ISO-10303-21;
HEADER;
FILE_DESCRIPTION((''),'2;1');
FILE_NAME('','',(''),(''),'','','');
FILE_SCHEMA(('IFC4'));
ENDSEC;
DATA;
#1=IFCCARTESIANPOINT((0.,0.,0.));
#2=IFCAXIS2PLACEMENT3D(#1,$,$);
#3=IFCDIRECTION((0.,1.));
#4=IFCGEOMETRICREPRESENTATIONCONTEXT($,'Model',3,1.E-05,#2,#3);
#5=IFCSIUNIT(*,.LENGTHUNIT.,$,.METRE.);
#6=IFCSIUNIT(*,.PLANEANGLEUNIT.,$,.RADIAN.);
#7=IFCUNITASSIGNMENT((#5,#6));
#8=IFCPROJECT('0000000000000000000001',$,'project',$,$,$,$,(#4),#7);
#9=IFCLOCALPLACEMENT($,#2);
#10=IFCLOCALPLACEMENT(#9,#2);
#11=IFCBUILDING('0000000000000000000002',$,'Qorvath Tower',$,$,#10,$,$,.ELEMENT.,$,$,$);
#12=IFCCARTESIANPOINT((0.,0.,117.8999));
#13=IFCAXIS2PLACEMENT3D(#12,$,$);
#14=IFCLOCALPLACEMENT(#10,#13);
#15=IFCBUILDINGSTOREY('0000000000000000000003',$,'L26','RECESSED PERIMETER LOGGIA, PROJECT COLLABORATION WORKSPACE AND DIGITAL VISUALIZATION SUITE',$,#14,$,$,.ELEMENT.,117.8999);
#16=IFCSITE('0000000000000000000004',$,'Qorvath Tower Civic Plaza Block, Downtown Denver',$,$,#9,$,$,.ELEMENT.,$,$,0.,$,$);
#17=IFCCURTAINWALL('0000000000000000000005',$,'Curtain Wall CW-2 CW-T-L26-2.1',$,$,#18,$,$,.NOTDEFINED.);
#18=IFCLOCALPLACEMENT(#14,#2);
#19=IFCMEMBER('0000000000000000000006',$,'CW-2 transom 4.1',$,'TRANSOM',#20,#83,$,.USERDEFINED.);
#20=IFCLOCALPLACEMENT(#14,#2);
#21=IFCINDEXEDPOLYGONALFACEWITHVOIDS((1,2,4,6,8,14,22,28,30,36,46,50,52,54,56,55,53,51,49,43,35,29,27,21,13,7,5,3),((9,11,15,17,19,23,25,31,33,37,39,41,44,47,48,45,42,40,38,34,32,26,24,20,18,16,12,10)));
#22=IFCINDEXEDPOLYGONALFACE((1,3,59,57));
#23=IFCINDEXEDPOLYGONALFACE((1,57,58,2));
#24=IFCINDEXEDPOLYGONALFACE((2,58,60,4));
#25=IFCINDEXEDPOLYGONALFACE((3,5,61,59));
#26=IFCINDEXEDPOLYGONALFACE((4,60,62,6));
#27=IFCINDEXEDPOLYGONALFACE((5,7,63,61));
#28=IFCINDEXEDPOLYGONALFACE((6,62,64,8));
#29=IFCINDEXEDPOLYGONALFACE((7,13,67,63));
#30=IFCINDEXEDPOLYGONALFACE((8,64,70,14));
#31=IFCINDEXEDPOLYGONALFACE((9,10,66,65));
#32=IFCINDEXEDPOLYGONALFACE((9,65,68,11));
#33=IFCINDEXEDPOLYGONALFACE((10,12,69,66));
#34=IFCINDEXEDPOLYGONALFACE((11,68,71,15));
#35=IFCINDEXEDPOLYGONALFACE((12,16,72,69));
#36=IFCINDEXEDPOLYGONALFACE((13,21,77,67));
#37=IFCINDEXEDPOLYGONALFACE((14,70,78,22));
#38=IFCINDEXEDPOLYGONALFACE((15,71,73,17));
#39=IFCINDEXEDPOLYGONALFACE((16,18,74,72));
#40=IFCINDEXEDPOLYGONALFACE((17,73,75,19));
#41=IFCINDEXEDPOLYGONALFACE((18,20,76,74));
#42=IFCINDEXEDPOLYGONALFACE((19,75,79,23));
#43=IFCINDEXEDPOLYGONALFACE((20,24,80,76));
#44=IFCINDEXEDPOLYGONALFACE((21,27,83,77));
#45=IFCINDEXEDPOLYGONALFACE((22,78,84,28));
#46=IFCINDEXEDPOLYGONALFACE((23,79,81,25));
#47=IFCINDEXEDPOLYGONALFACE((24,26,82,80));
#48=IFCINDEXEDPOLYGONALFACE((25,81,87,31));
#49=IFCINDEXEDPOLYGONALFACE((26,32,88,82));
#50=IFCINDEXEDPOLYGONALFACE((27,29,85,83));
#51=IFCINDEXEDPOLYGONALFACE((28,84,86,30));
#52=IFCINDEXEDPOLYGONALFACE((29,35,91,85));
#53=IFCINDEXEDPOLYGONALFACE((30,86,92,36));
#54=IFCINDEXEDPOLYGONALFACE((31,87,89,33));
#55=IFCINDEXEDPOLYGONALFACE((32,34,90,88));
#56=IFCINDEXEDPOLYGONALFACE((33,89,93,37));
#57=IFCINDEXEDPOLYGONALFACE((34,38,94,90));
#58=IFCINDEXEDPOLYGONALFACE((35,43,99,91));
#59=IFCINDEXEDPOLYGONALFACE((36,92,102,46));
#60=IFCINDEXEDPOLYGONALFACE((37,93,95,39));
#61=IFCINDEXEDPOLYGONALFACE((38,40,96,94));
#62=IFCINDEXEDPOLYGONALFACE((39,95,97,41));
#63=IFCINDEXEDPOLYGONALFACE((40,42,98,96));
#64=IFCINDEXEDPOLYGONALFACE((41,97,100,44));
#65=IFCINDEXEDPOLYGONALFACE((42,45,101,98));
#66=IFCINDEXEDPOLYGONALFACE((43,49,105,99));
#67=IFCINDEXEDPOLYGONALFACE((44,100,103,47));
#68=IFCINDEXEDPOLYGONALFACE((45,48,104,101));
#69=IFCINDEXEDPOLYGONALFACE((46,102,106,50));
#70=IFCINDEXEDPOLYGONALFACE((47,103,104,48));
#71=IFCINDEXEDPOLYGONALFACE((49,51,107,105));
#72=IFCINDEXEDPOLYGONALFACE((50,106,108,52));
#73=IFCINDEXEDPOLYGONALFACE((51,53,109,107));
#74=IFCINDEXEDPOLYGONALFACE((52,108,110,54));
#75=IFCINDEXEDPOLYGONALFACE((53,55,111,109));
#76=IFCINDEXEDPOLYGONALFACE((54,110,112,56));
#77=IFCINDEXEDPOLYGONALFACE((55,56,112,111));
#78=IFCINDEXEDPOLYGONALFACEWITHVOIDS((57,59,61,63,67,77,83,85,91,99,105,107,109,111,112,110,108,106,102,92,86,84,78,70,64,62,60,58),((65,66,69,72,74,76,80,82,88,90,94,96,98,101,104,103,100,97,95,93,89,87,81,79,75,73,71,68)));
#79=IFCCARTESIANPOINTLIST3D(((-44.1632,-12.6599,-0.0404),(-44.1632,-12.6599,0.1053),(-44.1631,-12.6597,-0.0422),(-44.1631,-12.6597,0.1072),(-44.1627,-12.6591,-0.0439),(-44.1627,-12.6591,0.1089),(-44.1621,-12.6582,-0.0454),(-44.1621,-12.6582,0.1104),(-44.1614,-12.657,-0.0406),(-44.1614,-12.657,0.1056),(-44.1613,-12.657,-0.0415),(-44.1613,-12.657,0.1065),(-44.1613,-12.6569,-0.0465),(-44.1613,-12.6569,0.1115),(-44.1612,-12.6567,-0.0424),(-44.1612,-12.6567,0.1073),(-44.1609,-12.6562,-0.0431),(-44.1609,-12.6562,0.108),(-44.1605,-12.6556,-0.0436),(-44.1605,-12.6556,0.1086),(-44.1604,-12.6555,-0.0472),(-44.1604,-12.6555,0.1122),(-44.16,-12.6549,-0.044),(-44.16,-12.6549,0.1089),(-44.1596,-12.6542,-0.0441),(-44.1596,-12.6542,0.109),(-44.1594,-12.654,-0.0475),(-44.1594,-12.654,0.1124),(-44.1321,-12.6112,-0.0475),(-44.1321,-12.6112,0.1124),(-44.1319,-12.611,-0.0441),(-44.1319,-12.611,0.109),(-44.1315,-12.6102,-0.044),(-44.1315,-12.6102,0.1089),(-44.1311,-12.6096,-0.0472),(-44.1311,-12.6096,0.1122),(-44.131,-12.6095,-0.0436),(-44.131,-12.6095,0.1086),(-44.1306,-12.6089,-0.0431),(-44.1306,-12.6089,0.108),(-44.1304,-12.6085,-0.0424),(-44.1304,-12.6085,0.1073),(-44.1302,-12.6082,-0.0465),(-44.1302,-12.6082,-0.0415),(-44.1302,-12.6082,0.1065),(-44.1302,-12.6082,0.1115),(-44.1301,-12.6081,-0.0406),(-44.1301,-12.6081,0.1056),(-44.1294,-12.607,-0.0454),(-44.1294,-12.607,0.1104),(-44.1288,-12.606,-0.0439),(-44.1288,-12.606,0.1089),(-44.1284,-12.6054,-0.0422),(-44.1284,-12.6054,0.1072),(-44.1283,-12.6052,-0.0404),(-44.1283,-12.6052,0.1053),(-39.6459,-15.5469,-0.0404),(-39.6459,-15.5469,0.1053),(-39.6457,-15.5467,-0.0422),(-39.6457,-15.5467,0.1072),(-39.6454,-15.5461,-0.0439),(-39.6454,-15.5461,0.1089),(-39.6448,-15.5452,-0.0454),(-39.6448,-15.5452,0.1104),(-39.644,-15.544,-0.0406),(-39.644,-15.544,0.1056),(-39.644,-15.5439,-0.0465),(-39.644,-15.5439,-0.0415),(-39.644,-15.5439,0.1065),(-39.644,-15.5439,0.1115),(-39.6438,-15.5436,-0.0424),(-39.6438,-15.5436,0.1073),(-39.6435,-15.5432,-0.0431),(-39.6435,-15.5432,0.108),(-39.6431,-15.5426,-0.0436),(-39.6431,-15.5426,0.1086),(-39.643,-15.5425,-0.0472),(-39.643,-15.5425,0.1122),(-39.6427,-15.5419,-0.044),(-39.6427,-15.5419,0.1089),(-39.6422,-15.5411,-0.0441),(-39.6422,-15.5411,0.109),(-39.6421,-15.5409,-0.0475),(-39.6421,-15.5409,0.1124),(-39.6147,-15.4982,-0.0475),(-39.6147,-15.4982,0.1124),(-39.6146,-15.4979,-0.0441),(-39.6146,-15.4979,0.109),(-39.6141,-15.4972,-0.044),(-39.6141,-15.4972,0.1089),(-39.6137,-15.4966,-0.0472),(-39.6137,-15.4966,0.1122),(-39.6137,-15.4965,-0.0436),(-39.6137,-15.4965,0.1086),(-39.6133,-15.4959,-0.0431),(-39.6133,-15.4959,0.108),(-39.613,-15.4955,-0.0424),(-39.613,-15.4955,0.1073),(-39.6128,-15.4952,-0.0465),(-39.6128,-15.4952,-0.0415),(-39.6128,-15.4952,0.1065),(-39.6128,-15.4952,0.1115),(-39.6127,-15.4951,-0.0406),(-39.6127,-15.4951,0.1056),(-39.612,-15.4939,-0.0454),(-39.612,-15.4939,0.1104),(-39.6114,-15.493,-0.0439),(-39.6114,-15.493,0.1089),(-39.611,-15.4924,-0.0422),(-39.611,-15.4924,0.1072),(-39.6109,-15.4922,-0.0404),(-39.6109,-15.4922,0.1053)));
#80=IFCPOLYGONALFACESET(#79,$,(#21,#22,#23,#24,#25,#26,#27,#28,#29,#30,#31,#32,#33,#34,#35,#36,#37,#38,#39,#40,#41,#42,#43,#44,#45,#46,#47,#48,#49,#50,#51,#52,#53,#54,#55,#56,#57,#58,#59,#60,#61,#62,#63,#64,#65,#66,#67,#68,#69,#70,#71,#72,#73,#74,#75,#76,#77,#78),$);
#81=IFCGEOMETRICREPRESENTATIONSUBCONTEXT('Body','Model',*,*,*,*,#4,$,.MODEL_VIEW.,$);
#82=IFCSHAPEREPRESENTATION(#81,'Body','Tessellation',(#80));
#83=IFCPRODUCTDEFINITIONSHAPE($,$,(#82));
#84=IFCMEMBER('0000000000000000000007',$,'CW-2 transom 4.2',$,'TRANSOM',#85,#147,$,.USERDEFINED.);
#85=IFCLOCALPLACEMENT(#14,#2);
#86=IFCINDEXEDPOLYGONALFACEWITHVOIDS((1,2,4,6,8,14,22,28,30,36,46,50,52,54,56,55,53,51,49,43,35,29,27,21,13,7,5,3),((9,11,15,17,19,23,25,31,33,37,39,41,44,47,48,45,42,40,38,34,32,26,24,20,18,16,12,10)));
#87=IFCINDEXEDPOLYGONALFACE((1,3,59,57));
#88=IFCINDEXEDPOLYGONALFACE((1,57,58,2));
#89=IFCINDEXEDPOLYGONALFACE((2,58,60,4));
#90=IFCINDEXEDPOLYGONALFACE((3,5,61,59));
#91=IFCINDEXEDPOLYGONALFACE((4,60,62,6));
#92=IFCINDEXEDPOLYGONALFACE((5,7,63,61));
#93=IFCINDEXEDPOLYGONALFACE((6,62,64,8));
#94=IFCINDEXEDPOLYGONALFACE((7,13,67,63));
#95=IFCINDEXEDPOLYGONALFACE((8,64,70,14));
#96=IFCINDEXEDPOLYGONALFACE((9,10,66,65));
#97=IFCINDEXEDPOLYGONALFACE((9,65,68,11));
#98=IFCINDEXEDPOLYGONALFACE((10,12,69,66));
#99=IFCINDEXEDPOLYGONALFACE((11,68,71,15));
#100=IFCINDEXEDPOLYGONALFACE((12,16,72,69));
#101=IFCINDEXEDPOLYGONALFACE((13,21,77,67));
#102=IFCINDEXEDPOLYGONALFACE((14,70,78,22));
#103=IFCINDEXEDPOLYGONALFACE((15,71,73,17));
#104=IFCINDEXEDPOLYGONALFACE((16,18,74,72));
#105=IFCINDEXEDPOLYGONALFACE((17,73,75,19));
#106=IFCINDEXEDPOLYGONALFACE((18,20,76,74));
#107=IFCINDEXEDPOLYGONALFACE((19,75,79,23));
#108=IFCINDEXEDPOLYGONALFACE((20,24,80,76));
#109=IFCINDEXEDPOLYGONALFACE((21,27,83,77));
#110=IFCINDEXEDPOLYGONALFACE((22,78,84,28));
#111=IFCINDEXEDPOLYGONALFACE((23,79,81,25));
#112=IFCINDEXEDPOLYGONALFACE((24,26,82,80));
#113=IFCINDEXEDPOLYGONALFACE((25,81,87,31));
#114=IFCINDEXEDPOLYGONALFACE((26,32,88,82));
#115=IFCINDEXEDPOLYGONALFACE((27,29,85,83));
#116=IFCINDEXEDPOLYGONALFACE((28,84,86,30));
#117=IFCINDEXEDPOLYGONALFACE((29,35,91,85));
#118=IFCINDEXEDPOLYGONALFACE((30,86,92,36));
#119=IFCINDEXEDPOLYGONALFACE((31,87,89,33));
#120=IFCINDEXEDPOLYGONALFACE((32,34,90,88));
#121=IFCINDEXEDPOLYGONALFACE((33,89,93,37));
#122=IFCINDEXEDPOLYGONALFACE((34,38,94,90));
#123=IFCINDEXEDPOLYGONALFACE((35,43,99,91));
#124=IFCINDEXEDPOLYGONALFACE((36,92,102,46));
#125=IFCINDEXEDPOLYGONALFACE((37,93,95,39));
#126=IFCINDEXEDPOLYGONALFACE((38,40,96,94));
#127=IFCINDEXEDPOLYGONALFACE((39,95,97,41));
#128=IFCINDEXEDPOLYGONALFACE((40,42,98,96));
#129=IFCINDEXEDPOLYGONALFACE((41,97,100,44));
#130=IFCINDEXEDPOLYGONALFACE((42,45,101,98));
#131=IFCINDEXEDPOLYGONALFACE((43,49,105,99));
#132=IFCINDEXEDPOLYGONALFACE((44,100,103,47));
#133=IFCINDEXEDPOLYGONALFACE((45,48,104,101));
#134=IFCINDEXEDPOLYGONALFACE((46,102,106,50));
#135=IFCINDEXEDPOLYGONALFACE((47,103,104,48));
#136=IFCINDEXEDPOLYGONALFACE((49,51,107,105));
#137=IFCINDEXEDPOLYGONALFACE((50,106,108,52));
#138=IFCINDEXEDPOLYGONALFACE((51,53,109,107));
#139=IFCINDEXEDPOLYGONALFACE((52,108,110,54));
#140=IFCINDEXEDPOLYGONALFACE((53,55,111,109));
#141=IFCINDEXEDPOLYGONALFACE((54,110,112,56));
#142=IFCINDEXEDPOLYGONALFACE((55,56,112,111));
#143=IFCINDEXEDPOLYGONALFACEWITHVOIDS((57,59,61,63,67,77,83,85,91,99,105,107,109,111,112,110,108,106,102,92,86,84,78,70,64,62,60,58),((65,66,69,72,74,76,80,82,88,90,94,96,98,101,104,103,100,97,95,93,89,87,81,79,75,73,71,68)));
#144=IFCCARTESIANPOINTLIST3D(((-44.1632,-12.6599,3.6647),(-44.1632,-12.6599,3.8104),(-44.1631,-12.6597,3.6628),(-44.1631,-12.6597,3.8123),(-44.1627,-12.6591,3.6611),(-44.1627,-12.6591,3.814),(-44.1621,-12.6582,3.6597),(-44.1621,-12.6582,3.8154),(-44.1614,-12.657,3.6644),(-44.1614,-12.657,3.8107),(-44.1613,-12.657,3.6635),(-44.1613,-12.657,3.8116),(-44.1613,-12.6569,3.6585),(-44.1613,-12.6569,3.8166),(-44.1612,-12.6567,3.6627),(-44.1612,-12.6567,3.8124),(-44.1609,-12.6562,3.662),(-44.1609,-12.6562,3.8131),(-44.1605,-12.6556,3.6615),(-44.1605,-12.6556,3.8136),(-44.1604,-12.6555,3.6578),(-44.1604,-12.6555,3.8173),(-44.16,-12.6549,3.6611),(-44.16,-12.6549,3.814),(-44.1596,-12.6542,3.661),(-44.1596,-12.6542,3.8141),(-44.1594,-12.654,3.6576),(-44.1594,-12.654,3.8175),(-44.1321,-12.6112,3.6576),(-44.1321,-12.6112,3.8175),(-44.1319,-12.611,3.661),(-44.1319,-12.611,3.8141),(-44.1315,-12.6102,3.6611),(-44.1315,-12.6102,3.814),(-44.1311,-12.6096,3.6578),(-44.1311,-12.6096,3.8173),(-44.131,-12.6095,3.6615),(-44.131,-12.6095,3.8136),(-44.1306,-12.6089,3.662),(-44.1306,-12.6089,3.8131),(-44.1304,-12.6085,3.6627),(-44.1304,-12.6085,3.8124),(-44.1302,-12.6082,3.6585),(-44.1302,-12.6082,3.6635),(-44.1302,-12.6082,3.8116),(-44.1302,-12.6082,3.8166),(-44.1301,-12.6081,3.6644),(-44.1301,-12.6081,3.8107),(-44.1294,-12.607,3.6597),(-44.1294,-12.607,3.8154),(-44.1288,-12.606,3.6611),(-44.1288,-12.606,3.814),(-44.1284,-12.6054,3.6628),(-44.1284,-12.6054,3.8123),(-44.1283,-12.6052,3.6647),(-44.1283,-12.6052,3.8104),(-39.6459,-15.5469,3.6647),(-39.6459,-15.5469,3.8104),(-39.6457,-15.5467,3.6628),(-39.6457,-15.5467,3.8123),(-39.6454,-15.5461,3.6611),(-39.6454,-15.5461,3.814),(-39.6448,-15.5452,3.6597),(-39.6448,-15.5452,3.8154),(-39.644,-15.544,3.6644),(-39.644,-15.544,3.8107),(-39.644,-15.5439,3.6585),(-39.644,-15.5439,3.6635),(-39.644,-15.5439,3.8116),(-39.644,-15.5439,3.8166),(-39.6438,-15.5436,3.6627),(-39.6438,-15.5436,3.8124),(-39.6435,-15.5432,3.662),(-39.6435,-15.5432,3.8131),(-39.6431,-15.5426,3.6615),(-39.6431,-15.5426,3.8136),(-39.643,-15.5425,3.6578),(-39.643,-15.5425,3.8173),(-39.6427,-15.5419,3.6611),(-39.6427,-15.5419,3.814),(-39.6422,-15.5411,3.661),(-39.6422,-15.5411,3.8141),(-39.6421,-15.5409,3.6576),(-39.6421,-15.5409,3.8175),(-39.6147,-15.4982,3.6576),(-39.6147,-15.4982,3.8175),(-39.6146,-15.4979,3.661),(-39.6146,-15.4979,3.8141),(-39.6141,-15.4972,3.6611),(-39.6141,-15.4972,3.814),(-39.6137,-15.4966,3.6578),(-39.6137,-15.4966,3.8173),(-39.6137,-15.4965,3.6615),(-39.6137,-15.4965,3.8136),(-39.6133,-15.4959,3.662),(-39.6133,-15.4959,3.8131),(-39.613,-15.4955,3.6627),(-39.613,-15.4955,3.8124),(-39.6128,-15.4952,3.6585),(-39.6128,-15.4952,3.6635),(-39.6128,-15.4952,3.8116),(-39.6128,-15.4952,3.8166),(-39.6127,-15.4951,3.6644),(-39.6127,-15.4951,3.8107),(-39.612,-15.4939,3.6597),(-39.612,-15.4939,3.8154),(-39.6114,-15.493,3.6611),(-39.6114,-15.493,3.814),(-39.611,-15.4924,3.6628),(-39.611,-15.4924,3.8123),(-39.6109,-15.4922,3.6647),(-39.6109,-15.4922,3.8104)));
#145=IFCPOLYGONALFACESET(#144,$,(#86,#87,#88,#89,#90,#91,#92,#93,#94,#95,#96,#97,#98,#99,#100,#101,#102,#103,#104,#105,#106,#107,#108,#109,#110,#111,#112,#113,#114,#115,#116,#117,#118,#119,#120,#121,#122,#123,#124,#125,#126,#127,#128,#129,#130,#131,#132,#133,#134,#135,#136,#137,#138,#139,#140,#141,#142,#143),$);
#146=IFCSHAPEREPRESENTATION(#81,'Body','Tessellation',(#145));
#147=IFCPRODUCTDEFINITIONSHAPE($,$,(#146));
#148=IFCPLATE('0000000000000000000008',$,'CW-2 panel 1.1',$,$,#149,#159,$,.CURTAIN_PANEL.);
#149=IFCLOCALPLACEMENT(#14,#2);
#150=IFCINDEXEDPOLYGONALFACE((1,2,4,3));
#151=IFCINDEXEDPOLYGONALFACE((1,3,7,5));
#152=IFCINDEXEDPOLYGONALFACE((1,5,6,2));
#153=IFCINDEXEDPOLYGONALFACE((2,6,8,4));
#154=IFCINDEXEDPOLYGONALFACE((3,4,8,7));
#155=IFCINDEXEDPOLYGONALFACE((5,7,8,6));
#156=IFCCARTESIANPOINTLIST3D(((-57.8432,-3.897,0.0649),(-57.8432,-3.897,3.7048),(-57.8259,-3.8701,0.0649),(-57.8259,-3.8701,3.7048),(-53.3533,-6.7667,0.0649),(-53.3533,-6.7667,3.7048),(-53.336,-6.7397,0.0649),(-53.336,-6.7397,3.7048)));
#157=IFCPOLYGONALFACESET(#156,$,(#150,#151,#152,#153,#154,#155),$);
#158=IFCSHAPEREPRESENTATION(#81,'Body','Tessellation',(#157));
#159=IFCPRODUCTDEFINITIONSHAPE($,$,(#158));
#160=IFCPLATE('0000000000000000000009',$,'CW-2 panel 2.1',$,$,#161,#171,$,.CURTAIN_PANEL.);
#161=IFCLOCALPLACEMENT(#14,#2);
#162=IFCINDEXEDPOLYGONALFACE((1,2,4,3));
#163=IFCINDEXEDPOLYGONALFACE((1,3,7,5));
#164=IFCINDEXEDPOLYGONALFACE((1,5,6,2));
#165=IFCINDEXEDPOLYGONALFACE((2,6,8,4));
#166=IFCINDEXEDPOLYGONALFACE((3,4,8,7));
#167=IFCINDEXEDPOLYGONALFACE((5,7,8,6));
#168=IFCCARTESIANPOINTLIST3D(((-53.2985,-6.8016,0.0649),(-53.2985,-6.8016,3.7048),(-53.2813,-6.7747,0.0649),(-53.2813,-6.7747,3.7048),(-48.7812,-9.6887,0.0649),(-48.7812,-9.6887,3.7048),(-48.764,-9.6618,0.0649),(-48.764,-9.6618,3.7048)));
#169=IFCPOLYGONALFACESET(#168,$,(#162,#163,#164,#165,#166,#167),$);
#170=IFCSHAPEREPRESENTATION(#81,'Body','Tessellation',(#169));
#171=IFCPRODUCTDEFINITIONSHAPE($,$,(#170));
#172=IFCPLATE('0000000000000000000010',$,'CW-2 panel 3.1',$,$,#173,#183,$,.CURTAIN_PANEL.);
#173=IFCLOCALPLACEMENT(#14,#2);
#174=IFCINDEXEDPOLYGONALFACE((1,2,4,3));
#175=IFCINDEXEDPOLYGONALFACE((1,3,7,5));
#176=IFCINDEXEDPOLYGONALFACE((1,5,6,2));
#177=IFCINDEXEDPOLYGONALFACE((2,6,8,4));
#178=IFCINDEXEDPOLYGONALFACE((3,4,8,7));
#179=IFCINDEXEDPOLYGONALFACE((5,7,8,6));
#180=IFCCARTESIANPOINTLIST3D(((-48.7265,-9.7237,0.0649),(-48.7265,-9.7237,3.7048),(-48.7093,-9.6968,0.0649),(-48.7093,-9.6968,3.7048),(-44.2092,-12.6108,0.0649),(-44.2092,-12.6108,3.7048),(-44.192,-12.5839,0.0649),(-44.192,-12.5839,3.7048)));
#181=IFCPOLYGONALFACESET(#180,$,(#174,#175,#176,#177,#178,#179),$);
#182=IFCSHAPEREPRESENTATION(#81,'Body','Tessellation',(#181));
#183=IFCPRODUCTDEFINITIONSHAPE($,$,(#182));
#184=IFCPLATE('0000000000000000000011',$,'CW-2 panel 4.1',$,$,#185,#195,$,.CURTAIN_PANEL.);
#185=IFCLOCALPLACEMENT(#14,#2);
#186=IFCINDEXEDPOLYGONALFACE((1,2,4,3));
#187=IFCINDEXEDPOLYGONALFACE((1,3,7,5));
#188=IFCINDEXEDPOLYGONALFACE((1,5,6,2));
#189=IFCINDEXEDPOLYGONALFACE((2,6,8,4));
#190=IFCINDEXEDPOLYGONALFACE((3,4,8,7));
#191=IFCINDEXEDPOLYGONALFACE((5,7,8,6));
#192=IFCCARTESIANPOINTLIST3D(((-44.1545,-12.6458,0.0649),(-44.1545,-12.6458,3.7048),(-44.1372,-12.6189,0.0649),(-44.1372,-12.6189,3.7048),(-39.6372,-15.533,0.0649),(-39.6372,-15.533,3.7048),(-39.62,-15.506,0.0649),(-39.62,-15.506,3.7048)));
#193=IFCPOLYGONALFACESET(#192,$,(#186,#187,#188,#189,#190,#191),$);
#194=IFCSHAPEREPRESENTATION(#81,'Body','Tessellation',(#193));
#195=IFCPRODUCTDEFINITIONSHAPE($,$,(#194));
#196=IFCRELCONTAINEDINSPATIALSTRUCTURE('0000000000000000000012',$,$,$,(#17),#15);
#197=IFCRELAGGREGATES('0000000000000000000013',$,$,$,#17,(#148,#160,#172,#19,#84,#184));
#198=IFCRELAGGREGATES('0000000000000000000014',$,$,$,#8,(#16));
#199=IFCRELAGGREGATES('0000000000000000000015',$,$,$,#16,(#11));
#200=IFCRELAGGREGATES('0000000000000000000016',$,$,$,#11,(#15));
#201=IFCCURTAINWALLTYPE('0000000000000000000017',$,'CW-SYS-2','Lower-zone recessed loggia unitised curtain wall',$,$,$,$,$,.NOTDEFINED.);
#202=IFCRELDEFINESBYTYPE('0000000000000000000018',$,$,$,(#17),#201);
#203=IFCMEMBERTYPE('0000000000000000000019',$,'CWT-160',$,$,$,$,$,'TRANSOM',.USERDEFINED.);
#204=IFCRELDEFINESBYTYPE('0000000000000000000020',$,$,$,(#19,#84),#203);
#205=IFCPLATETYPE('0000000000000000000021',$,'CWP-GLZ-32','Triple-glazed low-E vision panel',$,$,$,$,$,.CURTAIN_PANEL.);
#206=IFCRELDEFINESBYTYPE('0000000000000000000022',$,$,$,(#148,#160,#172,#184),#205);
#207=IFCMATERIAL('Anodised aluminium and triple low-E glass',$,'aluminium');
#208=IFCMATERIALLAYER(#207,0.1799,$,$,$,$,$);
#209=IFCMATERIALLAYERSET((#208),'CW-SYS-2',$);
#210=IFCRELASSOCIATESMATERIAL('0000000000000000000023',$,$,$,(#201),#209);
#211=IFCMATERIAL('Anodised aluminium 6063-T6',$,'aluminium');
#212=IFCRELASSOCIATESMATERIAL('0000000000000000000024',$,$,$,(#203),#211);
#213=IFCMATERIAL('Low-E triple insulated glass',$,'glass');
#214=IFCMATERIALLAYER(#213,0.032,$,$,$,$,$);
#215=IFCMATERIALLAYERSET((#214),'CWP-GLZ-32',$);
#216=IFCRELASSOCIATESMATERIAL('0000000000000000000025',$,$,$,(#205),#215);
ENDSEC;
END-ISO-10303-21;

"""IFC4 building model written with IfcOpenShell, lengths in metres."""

from ifc_helpers import new_model, si_unit, direction, frame, origin, origin_2d, place, context, subcontext, project, spatial, rectangle, hollow_rectangle, extrude, material, layer, layer_set, material_profile, profile_set, type_object, element, aggregate, save


model = new_model("IFC4")

# Units and contexts
model_context = context("Model", 3, precision=1e-05, world=origin(), true_north=direction((0.0, 1.0)))
body_context = subcontext(model_context, "Body", "Model", "MODEL_VIEW")
ifc_project = project(units=[si_unit("LENGTHUNIT", "METRE"), si_unit("PLANEANGLEUNIT", "RADIAN")], contexts=[model_context])

# Site, building, storey
site_placement = place(None, origin())
site = spatial("IfcSite", under=ifc_project, at=site_placement, Name="Qorvath Tower Civic Plaza Block, Downtown Denver", CompositionType="ELEMENT", RefElevation=0.0)
building_placement = place(site_placement, origin())
building = spatial("IfcBuilding", under=site, at=building_placement, Name="Qorvath Tower", CompositionType="ELEMENT")
storey_placement = place(building_placement, frame((0.0, 0.0, 117.8999)))
storey = spatial("IfcBuildingStorey", under=building, at=storey_placement, Name="L26", Description="RECESSED PERIMETER LOGGIA, PROJECT COLLABORATION WORKSPACE AND DIGITAL VISUALIZATION SUITE", CompositionType="ELEMENT", Elevation=117.8999)

# Curtain wall, members, plates
ifc_material_1 = material(Name="Anodised aluminium and triple low-E glass", Category="aluminium")
ifc_layer_1 = layer(ifc_material_1, 0.1799)
ifc_layer_set_1 = layer_set([ifc_layer_1], Name="CW-SYS-2")
curtain_wall_type = type_object("IfcCurtainWallType", Name="CW-SYS-2", Description="Lower-zone recessed loggia unitised curtain wall", PredefinedType="NOTDEFINED", material=ifc_layer_set_1)
curtain_wall_placement = place(storey_placement, origin())
curtain_wall = element("IfcCurtainWall", 1, at=curtain_wall_placement, inside=storey, type_object=curtain_wall_type, Name="Curtain Wall CW-2 CW-T-L26-2.1", PredefinedType="NOTDEFINED")
ifc_material_2 = material(Name="Anodised aluminium 6063-T6", Category="aluminium")
ifc_material_profile_1 = material_profile(ifc_material_2, hollow_rectangle(XDim=0.0649, YDim=0.1599, WallThickness=0.0034, InnerFilletRadius=0.0034, OuterFilletRadius=0.0071, at=origin_2d()), Name="CWT 160x65")
ifc_profile_set_1 = profile_set([ifc_material_profile_1], Name="Anodised aluminium 6063-T6")
member_type_1 = type_object("IfcMemberType", Name="CWT-160", ElementType="TRANSOM", PredefinedType="USERDEFINED", material=ifc_profile_set_1)
member_1_placement = place(storey_placement, frame((-44.1458, -12.6326, 0.0325), z_axis=(0.842621, -0.538507, 0.0), x_axis=(0.538507, 0.842621, 0.0)))
member_1 = element("IfcMember", 2, at=member_1_placement, type_object=member_type_1, Name="CW-2 transom 4.1", ObjectType="TRANSOM", PredefinedType="USERDEFINED", context=body_context, shape_type="SweptSolid", body=[
    extrude(hollow_rectangle(XDim=0.0649, YDim=0.1599, WallThickness=0.0034, InnerFilletRadius=0.0034, OuterFilletRadius=0.0071, at=origin_2d()), origin(), (0.0, 0.0, 1.0), 5.3611),
])
member_2_placement = place(storey_placement, frame((-44.1458, -12.6326, 3.7375), z_axis=(0.842621, -0.538507, 0.0), x_axis=(0.538507, 0.842621, 0.0)))
member_2 = element("IfcMember", 3, at=member_2_placement, type_object=member_type_1, Name="CW-2 transom 4.2", ObjectType="TRANSOM", PredefinedType="USERDEFINED", context=body_context, shape_type="SweptSolid", body=[
    extrude(hollow_rectangle(XDim=0.0649, YDim=0.1599, WallThickness=0.0034, InnerFilletRadius=0.0034, OuterFilletRadius=0.0071, at=origin_2d()), origin(), (0.0, 0.0, 1.0), 5.3611),
])
ifc_material_3 = material(Name="Low-E triple insulated glass", Category="glass")
ifc_layer_2 = layer(ifc_material_3, 0.032)
ifc_layer_set_2 = layer_set([ifc_layer_2], Name="CWP-GLZ-32")
plate_type = type_object("IfcPlateType", Name="CWP-GLZ-32", Description="Triple-glazed low-E vision panel", PredefinedType="CURTAIN_PANEL", material=ifc_layer_set_2)
plate_1_placement = place(storey_placement, frame((-55.5896, -5.3184, 0.0649), z_axis=(0.0, 0.0, 1.0), x_axis=(0.842604, -0.538534, 0.0)))
plate_1 = element("IfcPlate", 4, at=plate_1_placement, type_object=plate_type, Name="CW-2 panel 1.1", PredefinedType="CURTAIN_PANEL", context=body_context, shape_type="SweptSolid", body=[
    extrude(rectangle(XDim=5.3286, YDim=0.032, at=origin_2d()), origin(), (0.0, 0.0, 1.0), 3.6399),
])
plate_2_placement = place(storey_placement, frame((-51.0312, -8.2317, 0.0649), z_axis=(0.0, 0.0, 1.0), x_axis=(0.842604, -0.538534, 0.0)))
plate_2 = element("IfcPlate", 5, at=plate_2_placement, type_object=plate_type, Name="CW-2 panel 2.1", PredefinedType="CURTAIN_PANEL", context=body_context, shape_type="SweptSolid", body=[
    extrude(rectangle(XDim=5.3611, YDim=0.032, at=origin_2d()), origin(), (0.0, 0.0, 1.0), 3.6399),
])
plate_3_placement = place(storey_placement, frame((-46.4592, -11.1538, 0.0649), z_axis=(0.0, 0.0, 1.0), x_axis=(0.842604, -0.538534, 0.0)))
plate_3 = element("IfcPlate", 6, at=plate_3_placement, type_object=plate_type, Name="CW-2 panel 3.1", PredefinedType="CURTAIN_PANEL", context=body_context, shape_type="SweptSolid", body=[
    extrude(rectangle(XDim=5.3611, YDim=0.032, at=origin_2d()), origin(), (0.0, 0.0, 1.0), 3.6399),
])
plate_4_placement = place(storey_placement, frame((-41.8872, -14.0759, 0.0649), z_axis=(0.0, 0.0, 1.0), x_axis=(0.842604, -0.538534, 0.0)))
plate_4 = element("IfcPlate", 7, at=plate_4_placement, type_object=plate_type, Name="CW-2 panel 4.1", PredefinedType="CURTAIN_PANEL", context=body_context, shape_type="SweptSolid", body=[
    extrude(rectangle(XDim=5.3611, YDim=0.032, at=origin_2d()), origin(), (0.0, 0.0, 1.0), 3.6399),
])
aggregate(curtain_wall, [plate_1, plate_2, plate_3, member_1, member_2, plate_4])

save(model, "model.ifc")
